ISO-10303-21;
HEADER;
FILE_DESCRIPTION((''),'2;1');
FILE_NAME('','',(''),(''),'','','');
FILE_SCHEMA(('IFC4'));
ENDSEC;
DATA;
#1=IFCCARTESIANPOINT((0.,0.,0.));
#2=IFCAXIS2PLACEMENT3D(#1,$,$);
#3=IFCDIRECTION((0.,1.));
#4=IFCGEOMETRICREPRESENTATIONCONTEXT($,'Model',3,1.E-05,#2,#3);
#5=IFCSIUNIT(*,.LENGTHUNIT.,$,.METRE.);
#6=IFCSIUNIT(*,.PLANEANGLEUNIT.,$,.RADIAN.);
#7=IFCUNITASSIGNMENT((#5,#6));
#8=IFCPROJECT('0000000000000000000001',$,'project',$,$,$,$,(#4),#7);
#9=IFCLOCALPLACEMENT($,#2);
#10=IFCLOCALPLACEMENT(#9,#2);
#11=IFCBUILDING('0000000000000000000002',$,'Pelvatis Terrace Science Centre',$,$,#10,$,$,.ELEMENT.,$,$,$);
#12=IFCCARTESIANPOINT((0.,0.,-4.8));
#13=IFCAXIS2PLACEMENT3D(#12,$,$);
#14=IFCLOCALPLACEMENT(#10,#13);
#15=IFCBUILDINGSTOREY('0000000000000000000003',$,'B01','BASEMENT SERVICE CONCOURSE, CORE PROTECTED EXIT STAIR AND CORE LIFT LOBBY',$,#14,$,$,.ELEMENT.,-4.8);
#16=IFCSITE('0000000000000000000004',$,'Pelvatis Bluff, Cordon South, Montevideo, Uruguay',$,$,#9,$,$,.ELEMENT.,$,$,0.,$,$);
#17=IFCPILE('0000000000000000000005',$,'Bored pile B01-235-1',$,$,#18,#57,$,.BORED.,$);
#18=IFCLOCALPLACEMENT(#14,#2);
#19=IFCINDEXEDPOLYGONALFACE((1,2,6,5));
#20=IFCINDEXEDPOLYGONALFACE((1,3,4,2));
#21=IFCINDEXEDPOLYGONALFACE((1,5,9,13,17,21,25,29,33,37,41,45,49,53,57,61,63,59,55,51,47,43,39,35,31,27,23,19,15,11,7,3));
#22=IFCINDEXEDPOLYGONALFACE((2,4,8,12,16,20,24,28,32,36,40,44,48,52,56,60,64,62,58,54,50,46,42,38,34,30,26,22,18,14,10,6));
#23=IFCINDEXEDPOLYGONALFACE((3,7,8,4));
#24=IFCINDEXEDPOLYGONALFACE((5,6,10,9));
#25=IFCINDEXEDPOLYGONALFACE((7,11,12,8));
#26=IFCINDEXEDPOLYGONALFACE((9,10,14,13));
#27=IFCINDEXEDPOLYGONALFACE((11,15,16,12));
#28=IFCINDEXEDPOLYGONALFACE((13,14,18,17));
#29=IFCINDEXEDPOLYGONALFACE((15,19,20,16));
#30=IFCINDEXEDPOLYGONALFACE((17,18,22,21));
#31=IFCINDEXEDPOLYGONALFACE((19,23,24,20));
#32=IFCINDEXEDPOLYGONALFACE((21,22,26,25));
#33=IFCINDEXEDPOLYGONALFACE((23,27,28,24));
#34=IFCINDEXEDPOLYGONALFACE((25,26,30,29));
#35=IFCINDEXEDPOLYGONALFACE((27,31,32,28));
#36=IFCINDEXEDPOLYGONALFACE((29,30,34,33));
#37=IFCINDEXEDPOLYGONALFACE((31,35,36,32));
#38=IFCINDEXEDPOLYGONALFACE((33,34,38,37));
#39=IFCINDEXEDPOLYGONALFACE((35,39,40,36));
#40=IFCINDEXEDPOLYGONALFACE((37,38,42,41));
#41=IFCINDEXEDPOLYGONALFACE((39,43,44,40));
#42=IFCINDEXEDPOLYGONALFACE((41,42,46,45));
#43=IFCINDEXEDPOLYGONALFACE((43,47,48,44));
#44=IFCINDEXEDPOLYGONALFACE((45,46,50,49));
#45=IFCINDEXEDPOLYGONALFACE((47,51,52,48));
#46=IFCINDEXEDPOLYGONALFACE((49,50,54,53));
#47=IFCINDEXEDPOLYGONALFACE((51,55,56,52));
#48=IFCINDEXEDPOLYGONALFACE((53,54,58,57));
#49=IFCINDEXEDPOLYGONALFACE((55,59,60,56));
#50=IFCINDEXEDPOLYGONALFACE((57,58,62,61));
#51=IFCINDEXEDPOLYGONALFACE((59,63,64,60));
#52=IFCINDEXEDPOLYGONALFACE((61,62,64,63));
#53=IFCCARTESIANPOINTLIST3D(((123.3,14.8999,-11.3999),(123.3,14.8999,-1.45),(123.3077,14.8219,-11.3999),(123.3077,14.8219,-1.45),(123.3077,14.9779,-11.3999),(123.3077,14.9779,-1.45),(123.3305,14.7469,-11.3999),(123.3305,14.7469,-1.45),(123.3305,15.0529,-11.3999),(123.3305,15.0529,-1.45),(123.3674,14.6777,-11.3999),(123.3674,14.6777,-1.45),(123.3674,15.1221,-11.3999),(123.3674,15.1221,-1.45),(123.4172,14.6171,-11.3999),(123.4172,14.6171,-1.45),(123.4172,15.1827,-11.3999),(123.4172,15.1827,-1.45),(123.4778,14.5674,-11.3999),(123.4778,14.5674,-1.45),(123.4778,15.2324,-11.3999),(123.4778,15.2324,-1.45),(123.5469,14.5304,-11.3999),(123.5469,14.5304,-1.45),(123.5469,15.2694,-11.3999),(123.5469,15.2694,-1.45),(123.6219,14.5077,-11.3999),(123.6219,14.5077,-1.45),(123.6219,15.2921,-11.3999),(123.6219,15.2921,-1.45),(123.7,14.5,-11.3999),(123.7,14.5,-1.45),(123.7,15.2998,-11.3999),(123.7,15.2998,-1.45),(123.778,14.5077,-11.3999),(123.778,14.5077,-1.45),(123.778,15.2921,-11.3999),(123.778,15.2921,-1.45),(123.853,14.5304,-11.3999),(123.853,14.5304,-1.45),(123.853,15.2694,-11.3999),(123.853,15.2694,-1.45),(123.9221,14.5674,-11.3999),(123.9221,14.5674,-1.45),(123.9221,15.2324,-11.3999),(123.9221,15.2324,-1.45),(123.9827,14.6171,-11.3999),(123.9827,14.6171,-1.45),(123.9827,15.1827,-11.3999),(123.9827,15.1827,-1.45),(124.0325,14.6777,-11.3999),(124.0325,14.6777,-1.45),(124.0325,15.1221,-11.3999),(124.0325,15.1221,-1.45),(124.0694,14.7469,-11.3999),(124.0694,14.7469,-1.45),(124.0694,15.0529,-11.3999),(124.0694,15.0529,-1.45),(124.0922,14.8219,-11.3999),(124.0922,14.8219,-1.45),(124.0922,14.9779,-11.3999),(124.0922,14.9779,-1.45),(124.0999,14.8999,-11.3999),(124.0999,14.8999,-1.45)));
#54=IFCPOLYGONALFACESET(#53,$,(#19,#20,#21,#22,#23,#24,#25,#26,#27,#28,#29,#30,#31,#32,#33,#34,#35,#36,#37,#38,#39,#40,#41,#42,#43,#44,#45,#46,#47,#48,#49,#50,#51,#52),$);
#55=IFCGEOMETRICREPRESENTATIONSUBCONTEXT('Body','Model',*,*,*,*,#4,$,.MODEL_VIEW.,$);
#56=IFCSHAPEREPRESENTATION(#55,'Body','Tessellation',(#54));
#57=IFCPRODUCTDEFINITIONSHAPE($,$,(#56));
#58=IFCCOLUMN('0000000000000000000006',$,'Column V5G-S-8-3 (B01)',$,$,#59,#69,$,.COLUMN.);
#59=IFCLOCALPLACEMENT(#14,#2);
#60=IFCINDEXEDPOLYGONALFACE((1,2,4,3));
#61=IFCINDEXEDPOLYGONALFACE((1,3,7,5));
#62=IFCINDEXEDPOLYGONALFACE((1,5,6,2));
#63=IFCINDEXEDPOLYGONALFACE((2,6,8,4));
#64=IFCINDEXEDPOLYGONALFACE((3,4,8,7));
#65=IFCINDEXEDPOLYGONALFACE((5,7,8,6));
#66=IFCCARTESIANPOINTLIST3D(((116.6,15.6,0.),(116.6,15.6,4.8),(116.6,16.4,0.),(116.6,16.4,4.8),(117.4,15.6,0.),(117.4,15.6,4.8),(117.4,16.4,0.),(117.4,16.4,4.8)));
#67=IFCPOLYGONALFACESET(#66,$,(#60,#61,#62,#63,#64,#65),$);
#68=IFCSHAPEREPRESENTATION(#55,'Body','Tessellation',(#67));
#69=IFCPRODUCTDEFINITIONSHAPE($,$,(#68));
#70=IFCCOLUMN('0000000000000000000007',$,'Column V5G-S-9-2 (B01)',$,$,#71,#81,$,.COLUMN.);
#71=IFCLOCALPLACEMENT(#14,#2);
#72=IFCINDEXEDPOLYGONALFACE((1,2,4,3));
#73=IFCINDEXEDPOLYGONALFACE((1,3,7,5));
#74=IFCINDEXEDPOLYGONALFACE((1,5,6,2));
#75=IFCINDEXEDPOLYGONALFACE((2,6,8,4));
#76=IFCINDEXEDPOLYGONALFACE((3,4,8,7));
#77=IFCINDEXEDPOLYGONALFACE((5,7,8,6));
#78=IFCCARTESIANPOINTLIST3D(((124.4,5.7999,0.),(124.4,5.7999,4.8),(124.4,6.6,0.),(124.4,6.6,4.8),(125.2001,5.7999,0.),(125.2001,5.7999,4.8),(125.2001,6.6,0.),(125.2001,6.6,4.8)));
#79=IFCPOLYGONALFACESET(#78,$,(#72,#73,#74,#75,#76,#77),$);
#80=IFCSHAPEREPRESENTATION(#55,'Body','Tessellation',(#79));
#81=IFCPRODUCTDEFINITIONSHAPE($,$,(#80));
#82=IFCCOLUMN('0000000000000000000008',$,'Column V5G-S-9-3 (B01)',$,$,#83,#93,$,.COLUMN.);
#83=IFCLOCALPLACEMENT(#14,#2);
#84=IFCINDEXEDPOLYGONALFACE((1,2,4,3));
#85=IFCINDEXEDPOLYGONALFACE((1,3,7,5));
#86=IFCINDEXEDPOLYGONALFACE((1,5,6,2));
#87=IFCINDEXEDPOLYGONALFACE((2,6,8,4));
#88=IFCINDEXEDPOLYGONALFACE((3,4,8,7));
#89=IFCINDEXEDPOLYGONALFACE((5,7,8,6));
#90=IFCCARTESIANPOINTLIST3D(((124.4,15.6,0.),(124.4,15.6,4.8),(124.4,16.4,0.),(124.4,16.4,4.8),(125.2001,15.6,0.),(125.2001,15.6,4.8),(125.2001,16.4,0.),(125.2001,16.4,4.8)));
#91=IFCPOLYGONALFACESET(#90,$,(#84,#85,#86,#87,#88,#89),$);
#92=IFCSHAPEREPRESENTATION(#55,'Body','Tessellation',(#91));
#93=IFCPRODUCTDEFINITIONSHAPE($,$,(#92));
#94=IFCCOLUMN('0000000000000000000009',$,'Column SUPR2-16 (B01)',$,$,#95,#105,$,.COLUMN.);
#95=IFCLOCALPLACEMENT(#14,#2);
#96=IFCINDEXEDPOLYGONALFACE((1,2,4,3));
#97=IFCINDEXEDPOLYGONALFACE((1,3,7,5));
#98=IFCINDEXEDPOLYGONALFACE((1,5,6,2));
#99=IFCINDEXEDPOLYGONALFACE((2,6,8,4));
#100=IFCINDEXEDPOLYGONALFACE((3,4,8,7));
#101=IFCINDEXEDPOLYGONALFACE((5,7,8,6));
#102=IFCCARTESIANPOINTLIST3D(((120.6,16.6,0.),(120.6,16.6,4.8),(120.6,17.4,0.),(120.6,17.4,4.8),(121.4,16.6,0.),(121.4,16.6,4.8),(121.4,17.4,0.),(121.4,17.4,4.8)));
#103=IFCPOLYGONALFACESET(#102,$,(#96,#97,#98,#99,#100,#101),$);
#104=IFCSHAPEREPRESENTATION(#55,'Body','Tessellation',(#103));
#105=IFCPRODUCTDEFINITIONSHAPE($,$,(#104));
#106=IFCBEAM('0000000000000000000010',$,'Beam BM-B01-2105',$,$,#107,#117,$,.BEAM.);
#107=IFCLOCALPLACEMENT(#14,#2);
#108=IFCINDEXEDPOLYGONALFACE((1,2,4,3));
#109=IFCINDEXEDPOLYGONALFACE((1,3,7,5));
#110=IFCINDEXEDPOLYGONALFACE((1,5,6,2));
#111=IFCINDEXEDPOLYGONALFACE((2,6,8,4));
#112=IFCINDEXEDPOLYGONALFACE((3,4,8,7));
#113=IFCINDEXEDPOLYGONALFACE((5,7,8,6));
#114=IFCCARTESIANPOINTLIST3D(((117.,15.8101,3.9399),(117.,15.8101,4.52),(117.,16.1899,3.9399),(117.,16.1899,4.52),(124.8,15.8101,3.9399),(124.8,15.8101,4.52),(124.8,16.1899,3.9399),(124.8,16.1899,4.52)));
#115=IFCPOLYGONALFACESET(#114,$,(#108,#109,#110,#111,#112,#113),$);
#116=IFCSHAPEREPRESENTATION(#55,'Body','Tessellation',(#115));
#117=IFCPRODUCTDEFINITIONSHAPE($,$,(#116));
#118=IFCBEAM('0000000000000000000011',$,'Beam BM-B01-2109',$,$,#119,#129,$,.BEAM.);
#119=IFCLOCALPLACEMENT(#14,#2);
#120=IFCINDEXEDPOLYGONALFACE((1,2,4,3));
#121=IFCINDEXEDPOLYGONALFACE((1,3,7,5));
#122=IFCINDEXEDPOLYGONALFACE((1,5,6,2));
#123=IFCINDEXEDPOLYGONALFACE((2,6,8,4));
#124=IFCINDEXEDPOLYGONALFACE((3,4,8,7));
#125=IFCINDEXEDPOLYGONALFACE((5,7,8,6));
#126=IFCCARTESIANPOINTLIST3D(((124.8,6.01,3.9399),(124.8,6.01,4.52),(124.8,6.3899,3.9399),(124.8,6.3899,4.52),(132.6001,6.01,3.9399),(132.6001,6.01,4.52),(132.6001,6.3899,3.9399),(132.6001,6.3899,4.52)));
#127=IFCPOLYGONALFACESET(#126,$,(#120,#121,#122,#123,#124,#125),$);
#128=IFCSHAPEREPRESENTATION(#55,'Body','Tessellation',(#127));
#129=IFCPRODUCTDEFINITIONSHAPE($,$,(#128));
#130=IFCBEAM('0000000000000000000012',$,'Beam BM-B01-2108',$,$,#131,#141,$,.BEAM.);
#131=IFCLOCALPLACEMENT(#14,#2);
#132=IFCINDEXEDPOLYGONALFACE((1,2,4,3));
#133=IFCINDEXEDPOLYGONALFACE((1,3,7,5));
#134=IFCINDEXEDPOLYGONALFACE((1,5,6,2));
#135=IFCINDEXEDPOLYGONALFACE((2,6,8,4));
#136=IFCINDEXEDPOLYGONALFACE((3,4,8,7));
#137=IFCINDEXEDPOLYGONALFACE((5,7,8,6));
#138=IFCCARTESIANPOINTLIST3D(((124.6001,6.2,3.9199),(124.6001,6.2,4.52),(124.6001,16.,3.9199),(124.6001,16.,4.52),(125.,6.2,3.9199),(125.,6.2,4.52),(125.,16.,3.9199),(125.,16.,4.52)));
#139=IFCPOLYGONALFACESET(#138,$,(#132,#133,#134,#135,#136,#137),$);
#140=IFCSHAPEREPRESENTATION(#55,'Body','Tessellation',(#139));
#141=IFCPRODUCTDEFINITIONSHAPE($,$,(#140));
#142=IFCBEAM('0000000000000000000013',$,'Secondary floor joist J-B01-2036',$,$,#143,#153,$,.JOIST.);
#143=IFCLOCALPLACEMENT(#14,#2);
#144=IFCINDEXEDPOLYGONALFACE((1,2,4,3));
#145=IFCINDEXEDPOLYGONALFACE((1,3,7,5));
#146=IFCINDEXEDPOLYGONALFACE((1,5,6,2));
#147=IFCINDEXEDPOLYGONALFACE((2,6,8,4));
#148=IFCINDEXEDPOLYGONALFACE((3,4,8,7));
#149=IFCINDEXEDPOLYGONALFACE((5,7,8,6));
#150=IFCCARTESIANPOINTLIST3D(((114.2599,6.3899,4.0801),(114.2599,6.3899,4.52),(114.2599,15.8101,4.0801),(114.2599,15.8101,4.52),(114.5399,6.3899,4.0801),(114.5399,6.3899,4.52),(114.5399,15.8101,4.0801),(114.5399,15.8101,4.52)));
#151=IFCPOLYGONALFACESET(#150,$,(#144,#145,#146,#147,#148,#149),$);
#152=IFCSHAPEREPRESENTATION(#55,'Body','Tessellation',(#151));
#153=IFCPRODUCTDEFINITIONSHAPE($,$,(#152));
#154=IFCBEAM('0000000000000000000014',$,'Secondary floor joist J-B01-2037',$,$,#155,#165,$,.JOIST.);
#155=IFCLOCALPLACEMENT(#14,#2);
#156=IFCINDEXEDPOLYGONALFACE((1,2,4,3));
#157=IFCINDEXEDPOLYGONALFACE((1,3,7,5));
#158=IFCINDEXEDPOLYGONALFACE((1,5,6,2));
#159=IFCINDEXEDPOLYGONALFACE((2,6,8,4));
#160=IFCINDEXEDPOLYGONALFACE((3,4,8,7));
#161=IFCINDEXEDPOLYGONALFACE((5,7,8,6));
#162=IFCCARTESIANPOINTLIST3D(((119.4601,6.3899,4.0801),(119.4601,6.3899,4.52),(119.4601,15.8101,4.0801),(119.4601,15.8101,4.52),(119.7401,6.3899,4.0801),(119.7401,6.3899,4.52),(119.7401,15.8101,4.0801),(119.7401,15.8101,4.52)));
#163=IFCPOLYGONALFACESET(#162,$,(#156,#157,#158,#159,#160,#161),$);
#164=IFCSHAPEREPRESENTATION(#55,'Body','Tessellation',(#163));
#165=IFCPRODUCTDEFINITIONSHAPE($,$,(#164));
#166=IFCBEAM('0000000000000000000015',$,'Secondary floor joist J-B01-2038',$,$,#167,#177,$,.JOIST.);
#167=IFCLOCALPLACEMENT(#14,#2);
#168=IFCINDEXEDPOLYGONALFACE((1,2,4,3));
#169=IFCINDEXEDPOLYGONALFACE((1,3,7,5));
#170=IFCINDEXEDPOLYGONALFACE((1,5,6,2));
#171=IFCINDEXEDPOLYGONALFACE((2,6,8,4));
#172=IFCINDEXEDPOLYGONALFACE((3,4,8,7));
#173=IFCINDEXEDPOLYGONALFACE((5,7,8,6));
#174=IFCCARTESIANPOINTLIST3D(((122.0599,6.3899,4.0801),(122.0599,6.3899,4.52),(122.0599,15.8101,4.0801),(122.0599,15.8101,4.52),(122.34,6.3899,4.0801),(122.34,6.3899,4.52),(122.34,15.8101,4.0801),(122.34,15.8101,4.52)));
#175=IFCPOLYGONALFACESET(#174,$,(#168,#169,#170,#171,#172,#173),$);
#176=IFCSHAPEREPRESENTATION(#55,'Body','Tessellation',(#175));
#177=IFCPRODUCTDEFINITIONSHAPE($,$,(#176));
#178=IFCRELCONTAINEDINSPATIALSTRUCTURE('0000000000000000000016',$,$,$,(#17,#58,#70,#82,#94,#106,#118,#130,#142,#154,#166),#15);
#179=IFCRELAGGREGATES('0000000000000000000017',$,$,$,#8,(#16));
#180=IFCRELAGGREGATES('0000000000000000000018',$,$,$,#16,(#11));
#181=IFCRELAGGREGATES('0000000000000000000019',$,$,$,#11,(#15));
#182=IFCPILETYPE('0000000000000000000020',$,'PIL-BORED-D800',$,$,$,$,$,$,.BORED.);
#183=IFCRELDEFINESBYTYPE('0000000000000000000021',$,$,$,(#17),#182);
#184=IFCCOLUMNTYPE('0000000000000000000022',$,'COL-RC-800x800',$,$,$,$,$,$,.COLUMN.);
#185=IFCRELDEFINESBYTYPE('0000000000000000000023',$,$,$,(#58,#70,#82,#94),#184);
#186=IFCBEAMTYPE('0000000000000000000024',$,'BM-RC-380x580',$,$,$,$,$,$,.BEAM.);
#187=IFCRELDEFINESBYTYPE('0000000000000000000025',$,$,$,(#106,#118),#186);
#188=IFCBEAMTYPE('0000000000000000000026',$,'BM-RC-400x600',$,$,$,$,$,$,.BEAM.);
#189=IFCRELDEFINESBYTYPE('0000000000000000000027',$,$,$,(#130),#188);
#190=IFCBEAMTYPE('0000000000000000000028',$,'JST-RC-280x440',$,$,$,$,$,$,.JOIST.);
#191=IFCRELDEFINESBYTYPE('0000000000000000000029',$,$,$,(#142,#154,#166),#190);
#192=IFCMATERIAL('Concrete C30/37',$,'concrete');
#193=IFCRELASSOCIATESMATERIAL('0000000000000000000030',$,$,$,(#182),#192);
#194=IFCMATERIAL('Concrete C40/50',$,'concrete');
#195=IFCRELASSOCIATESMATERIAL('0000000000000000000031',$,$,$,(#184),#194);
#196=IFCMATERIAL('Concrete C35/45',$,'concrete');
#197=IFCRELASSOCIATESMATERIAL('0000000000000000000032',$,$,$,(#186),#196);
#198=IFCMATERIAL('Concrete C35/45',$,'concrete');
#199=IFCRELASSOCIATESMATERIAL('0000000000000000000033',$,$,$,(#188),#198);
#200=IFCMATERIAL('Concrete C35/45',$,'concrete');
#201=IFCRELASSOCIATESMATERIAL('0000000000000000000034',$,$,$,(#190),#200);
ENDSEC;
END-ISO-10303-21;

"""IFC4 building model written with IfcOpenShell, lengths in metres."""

from ifc_helpers import new_model, si_unit, direction, frame, origin, origin_2d, place, context, subcontext, project, spatial, rectangle, circle, extrude, material, material_profile, profile_set, type_object, element, save


model = new_model("IFC4")

# Units and contexts
model_context = context("Model", 3, precision=1e-05, world=origin(), true_north=direction((0.0, 1.0)))
body_context = subcontext(model_context, "Body", "Model", "MODEL_VIEW")
ifc_project = project(units=[si_unit("LENGTHUNIT", "METRE"), si_unit("PLANEANGLEUNIT", "RADIAN")], contexts=[model_context])

# Site, building, storey
site_placement = place(None, origin())
site = spatial("IfcSite", under=ifc_project, at=site_placement, Name="Pelvatis Bluff, Cordon South, Montevideo, Uruguay", CompositionType="ELEMENT", RefElevation=0.0)
building_placement = place(site_placement, origin())
building = spatial("IfcBuilding", under=site, at=building_placement, Name="Pelvatis Terrace Science Centre", CompositionType="ELEMENT")
storey_placement = place(building_placement, frame((0.0, 0.0, -4.8)))
storey = spatial("IfcBuildingStorey", under=building, at=storey_placement, Name="B01", Description="BASEMENT SERVICE CONCOURSE, CORE PROTECTED EXIT STAIR AND CORE LIFT LOBBY", CompositionType="ELEMENT", Elevation=-4.8)

# Pile
ifc_material_1 = material(Name="Concrete C30/37", Category="concrete")
ifc_material_profile_1 = material_profile(ifc_material_1, circle(Radius=0.3999, at=origin_2d()), Name="PILE D800")
ifc_profile_set_1 = profile_set([ifc_material_profile_1], Name="Concrete C30/37")
pile_type = type_object("IfcPileType", Name="PIL-BORED-D800", PredefinedType="BORED", material=ifc_profile_set_1)
for number, where, z_axis, x_axis, name in (
    (1, (123.7, 14.8999, -1.45), (0.0, 0.0, -1.0), (1.0, 0.0, 0.0), "Bored pile B01-235-1"),
):
    element("IfcPile", number, at=place(storey_placement, frame(where, z_axis=z_axis, x_axis=x_axis)), inside=storey, type_object=pile_type, Name=name, PredefinedType="BORED", context=body_context, shape_type="SweptSolid", body=[
        extrude(circle(Radius=0.3999, at=origin_2d()), origin(), (0.0, 0.0, 1.0), 9.95),
    ])

# Columns
ifc_material_2 = material(Name="Concrete C40/50", Category="concrete")
ifc_material_profile_2 = material_profile(ifc_material_2, rectangle(XDim=0.8, YDim=0.8, at=origin_2d()), Name="RC-COL 800x800")
ifc_profile_set_2 = profile_set([ifc_material_profile_2], Name="Concrete C40/50")
column_type = type_object("IfcColumnType", Name="COL-RC-800x800", PredefinedType="COLUMN", material=ifc_profile_set_2)
for number, where, z_axis, x_axis, name in (
    (2, (117.0, 16.0, 0.0), (0.0, 0.0, 1.0), (1.0, 0.0, 0.0), "Column V5G-S-8-3 (B01)"),
    (3, (124.8, 6.2, 0.0), (0.0, 0.0, 1.0), (1.0, 0.0, 0.0), "Column V5G-S-9-2 (B01)"),
    (4, (124.8, 16.0, 0.0), (0.0, 0.0, 1.0), (1.0, 0.0, 0.0), "Column V5G-S-9-3 (B01)"),
    (5, (121.0, 17.0, 0.0), (0.0, 0.0, 1.0), (1.0, 0.0, 0.0), "Column SUPR2-16 (B01)"),
):
    element("IfcColumn", number, at=place(storey_placement, frame(where, z_axis=z_axis, x_axis=x_axis)), inside=storey, type_object=column_type, Name=name, PredefinedType="COLUMN", context=body_context, shape_type="SweptSolid", body=[
        extrude(rectangle(XDim=0.8, YDim=0.8, at=origin_2d()), origin(), (0.0, 0.0, 1.0), 4.8),
    ])

# Beams
ifc_material_3 = material(Name="Concrete C35/45", Category="concrete")
ifc_material_profile_3 = material_profile(ifc_material_3, rectangle(XDim=0.3799, YDim=0.5801, at=origin_2d()), Name="RC-BM 380x580")
ifc_profile_set_3 = profile_set([ifc_material_profile_3], Name="Concrete C35/45")
beam_type_1 = type_object("IfcBeamType", Name="BM-RC-380x580", PredefinedType="BEAM", material=ifc_profile_set_3)
for number, where, z_axis, x_axis, name in (
    (6, (117.0, 16.0, 4.23), (1.0, 0.0, 0.0), (0.0, 1.0, 0.0), "Beam BM-B01-2105"),
    (7, (124.8, 6.2, 4.23), (1.0, 0.0, 0.0), (0.0, 1.0, 0.0), "Beam BM-B01-2109"),
):
    element("IfcBeam", number, at=place(storey_placement, frame(where, z_axis=z_axis, x_axis=x_axis)), inside=storey, type_object=beam_type_1, Name=name, PredefinedType="BEAM", context=body_context, shape_type="SweptSolid", body=[
        extrude(rectangle(XDim=0.3799, YDim=0.5801, at=origin_2d()), origin(), (0.0, 0.0, 1.0), 7.8),
    ])
ifc_material_4 = material(Name="Concrete C35/45", Category="concrete")
ifc_material_profile_4 = material_profile(ifc_material_4, rectangle(XDim=0.3999, YDim=0.6001, at=origin_2d()), Name="RC-BM 400x600")
ifc_profile_set_4 = profile_set([ifc_material_profile_4], Name="Concrete C35/45")
beam_type_2 = type_object("IfcBeamType", Name="BM-RC-400x600", PredefinedType="BEAM", material=ifc_profile_set_4)
beam_placement = place(storey_placement, frame((124.8, 6.2, 4.22), z_axis=(0.0, 1.0, 0.0), x_axis=(-1.0, 0.0, 0.0)))
element("IfcBeam", 8, at=beam_placement, inside=storey, type_object=beam_type_2, Name="Beam BM-B01-2108", PredefinedType="BEAM", context=body_context, shape_type="SweptSolid", body=[
    extrude(rectangle(XDim=0.3999, YDim=0.6001, at=origin_2d()), origin(), (0.0, 0.0, 1.0), 9.8),
])
ifc_material_5 = material(Name="Concrete C35/45", Category="concrete")
ifc_material_profile_5 = material_profile(ifc_material_5, rectangle(XDim=0.28, YDim=0.4399, at=origin_2d()), Name="RC-JST 280x440")
ifc_profile_set_5 = profile_set([ifc_material_profile_5], Name="Concrete C35/45")
beam_type_3 = type_object("IfcBeamType", Name="JST-RC-280x440", PredefinedType="JOIST", material=ifc_profile_set_5)
for number, where, z_axis, x_axis, name in (
    (9, (114.3999, 6.3899, 4.3), (0.0, 1.0, 0.0), (-1.0, 0.0, 0.0), "Secondary floor joist J-B01-2036"),
    (10, (119.6001, 6.3899, 4.3), (0.0, 1.0, 0.0), (-1.0, 0.0, 0.0), "Secondary floor joist J-B01-2037"),
    (11, (122.2, 6.3899, 4.3), (0.0, 1.0, 0.0), (-1.0, 0.0, 0.0), "Secondary floor joist J-B01-2038"),
):
    element("IfcBeam", number, at=place(storey_placement, frame(where, z_axis=z_axis, x_axis=x_axis)), inside=storey, type_object=beam_type_3, Name=name, PredefinedType="JOIST", context=body_context, shape_type="SweptSolid", body=[
        extrude(rectangle(XDim=0.28, YDim=0.4399, at=origin_2d()), origin(), (0.0, 0.0, 1.0), 9.4202),
    ])

save(model, "model.ifc")
